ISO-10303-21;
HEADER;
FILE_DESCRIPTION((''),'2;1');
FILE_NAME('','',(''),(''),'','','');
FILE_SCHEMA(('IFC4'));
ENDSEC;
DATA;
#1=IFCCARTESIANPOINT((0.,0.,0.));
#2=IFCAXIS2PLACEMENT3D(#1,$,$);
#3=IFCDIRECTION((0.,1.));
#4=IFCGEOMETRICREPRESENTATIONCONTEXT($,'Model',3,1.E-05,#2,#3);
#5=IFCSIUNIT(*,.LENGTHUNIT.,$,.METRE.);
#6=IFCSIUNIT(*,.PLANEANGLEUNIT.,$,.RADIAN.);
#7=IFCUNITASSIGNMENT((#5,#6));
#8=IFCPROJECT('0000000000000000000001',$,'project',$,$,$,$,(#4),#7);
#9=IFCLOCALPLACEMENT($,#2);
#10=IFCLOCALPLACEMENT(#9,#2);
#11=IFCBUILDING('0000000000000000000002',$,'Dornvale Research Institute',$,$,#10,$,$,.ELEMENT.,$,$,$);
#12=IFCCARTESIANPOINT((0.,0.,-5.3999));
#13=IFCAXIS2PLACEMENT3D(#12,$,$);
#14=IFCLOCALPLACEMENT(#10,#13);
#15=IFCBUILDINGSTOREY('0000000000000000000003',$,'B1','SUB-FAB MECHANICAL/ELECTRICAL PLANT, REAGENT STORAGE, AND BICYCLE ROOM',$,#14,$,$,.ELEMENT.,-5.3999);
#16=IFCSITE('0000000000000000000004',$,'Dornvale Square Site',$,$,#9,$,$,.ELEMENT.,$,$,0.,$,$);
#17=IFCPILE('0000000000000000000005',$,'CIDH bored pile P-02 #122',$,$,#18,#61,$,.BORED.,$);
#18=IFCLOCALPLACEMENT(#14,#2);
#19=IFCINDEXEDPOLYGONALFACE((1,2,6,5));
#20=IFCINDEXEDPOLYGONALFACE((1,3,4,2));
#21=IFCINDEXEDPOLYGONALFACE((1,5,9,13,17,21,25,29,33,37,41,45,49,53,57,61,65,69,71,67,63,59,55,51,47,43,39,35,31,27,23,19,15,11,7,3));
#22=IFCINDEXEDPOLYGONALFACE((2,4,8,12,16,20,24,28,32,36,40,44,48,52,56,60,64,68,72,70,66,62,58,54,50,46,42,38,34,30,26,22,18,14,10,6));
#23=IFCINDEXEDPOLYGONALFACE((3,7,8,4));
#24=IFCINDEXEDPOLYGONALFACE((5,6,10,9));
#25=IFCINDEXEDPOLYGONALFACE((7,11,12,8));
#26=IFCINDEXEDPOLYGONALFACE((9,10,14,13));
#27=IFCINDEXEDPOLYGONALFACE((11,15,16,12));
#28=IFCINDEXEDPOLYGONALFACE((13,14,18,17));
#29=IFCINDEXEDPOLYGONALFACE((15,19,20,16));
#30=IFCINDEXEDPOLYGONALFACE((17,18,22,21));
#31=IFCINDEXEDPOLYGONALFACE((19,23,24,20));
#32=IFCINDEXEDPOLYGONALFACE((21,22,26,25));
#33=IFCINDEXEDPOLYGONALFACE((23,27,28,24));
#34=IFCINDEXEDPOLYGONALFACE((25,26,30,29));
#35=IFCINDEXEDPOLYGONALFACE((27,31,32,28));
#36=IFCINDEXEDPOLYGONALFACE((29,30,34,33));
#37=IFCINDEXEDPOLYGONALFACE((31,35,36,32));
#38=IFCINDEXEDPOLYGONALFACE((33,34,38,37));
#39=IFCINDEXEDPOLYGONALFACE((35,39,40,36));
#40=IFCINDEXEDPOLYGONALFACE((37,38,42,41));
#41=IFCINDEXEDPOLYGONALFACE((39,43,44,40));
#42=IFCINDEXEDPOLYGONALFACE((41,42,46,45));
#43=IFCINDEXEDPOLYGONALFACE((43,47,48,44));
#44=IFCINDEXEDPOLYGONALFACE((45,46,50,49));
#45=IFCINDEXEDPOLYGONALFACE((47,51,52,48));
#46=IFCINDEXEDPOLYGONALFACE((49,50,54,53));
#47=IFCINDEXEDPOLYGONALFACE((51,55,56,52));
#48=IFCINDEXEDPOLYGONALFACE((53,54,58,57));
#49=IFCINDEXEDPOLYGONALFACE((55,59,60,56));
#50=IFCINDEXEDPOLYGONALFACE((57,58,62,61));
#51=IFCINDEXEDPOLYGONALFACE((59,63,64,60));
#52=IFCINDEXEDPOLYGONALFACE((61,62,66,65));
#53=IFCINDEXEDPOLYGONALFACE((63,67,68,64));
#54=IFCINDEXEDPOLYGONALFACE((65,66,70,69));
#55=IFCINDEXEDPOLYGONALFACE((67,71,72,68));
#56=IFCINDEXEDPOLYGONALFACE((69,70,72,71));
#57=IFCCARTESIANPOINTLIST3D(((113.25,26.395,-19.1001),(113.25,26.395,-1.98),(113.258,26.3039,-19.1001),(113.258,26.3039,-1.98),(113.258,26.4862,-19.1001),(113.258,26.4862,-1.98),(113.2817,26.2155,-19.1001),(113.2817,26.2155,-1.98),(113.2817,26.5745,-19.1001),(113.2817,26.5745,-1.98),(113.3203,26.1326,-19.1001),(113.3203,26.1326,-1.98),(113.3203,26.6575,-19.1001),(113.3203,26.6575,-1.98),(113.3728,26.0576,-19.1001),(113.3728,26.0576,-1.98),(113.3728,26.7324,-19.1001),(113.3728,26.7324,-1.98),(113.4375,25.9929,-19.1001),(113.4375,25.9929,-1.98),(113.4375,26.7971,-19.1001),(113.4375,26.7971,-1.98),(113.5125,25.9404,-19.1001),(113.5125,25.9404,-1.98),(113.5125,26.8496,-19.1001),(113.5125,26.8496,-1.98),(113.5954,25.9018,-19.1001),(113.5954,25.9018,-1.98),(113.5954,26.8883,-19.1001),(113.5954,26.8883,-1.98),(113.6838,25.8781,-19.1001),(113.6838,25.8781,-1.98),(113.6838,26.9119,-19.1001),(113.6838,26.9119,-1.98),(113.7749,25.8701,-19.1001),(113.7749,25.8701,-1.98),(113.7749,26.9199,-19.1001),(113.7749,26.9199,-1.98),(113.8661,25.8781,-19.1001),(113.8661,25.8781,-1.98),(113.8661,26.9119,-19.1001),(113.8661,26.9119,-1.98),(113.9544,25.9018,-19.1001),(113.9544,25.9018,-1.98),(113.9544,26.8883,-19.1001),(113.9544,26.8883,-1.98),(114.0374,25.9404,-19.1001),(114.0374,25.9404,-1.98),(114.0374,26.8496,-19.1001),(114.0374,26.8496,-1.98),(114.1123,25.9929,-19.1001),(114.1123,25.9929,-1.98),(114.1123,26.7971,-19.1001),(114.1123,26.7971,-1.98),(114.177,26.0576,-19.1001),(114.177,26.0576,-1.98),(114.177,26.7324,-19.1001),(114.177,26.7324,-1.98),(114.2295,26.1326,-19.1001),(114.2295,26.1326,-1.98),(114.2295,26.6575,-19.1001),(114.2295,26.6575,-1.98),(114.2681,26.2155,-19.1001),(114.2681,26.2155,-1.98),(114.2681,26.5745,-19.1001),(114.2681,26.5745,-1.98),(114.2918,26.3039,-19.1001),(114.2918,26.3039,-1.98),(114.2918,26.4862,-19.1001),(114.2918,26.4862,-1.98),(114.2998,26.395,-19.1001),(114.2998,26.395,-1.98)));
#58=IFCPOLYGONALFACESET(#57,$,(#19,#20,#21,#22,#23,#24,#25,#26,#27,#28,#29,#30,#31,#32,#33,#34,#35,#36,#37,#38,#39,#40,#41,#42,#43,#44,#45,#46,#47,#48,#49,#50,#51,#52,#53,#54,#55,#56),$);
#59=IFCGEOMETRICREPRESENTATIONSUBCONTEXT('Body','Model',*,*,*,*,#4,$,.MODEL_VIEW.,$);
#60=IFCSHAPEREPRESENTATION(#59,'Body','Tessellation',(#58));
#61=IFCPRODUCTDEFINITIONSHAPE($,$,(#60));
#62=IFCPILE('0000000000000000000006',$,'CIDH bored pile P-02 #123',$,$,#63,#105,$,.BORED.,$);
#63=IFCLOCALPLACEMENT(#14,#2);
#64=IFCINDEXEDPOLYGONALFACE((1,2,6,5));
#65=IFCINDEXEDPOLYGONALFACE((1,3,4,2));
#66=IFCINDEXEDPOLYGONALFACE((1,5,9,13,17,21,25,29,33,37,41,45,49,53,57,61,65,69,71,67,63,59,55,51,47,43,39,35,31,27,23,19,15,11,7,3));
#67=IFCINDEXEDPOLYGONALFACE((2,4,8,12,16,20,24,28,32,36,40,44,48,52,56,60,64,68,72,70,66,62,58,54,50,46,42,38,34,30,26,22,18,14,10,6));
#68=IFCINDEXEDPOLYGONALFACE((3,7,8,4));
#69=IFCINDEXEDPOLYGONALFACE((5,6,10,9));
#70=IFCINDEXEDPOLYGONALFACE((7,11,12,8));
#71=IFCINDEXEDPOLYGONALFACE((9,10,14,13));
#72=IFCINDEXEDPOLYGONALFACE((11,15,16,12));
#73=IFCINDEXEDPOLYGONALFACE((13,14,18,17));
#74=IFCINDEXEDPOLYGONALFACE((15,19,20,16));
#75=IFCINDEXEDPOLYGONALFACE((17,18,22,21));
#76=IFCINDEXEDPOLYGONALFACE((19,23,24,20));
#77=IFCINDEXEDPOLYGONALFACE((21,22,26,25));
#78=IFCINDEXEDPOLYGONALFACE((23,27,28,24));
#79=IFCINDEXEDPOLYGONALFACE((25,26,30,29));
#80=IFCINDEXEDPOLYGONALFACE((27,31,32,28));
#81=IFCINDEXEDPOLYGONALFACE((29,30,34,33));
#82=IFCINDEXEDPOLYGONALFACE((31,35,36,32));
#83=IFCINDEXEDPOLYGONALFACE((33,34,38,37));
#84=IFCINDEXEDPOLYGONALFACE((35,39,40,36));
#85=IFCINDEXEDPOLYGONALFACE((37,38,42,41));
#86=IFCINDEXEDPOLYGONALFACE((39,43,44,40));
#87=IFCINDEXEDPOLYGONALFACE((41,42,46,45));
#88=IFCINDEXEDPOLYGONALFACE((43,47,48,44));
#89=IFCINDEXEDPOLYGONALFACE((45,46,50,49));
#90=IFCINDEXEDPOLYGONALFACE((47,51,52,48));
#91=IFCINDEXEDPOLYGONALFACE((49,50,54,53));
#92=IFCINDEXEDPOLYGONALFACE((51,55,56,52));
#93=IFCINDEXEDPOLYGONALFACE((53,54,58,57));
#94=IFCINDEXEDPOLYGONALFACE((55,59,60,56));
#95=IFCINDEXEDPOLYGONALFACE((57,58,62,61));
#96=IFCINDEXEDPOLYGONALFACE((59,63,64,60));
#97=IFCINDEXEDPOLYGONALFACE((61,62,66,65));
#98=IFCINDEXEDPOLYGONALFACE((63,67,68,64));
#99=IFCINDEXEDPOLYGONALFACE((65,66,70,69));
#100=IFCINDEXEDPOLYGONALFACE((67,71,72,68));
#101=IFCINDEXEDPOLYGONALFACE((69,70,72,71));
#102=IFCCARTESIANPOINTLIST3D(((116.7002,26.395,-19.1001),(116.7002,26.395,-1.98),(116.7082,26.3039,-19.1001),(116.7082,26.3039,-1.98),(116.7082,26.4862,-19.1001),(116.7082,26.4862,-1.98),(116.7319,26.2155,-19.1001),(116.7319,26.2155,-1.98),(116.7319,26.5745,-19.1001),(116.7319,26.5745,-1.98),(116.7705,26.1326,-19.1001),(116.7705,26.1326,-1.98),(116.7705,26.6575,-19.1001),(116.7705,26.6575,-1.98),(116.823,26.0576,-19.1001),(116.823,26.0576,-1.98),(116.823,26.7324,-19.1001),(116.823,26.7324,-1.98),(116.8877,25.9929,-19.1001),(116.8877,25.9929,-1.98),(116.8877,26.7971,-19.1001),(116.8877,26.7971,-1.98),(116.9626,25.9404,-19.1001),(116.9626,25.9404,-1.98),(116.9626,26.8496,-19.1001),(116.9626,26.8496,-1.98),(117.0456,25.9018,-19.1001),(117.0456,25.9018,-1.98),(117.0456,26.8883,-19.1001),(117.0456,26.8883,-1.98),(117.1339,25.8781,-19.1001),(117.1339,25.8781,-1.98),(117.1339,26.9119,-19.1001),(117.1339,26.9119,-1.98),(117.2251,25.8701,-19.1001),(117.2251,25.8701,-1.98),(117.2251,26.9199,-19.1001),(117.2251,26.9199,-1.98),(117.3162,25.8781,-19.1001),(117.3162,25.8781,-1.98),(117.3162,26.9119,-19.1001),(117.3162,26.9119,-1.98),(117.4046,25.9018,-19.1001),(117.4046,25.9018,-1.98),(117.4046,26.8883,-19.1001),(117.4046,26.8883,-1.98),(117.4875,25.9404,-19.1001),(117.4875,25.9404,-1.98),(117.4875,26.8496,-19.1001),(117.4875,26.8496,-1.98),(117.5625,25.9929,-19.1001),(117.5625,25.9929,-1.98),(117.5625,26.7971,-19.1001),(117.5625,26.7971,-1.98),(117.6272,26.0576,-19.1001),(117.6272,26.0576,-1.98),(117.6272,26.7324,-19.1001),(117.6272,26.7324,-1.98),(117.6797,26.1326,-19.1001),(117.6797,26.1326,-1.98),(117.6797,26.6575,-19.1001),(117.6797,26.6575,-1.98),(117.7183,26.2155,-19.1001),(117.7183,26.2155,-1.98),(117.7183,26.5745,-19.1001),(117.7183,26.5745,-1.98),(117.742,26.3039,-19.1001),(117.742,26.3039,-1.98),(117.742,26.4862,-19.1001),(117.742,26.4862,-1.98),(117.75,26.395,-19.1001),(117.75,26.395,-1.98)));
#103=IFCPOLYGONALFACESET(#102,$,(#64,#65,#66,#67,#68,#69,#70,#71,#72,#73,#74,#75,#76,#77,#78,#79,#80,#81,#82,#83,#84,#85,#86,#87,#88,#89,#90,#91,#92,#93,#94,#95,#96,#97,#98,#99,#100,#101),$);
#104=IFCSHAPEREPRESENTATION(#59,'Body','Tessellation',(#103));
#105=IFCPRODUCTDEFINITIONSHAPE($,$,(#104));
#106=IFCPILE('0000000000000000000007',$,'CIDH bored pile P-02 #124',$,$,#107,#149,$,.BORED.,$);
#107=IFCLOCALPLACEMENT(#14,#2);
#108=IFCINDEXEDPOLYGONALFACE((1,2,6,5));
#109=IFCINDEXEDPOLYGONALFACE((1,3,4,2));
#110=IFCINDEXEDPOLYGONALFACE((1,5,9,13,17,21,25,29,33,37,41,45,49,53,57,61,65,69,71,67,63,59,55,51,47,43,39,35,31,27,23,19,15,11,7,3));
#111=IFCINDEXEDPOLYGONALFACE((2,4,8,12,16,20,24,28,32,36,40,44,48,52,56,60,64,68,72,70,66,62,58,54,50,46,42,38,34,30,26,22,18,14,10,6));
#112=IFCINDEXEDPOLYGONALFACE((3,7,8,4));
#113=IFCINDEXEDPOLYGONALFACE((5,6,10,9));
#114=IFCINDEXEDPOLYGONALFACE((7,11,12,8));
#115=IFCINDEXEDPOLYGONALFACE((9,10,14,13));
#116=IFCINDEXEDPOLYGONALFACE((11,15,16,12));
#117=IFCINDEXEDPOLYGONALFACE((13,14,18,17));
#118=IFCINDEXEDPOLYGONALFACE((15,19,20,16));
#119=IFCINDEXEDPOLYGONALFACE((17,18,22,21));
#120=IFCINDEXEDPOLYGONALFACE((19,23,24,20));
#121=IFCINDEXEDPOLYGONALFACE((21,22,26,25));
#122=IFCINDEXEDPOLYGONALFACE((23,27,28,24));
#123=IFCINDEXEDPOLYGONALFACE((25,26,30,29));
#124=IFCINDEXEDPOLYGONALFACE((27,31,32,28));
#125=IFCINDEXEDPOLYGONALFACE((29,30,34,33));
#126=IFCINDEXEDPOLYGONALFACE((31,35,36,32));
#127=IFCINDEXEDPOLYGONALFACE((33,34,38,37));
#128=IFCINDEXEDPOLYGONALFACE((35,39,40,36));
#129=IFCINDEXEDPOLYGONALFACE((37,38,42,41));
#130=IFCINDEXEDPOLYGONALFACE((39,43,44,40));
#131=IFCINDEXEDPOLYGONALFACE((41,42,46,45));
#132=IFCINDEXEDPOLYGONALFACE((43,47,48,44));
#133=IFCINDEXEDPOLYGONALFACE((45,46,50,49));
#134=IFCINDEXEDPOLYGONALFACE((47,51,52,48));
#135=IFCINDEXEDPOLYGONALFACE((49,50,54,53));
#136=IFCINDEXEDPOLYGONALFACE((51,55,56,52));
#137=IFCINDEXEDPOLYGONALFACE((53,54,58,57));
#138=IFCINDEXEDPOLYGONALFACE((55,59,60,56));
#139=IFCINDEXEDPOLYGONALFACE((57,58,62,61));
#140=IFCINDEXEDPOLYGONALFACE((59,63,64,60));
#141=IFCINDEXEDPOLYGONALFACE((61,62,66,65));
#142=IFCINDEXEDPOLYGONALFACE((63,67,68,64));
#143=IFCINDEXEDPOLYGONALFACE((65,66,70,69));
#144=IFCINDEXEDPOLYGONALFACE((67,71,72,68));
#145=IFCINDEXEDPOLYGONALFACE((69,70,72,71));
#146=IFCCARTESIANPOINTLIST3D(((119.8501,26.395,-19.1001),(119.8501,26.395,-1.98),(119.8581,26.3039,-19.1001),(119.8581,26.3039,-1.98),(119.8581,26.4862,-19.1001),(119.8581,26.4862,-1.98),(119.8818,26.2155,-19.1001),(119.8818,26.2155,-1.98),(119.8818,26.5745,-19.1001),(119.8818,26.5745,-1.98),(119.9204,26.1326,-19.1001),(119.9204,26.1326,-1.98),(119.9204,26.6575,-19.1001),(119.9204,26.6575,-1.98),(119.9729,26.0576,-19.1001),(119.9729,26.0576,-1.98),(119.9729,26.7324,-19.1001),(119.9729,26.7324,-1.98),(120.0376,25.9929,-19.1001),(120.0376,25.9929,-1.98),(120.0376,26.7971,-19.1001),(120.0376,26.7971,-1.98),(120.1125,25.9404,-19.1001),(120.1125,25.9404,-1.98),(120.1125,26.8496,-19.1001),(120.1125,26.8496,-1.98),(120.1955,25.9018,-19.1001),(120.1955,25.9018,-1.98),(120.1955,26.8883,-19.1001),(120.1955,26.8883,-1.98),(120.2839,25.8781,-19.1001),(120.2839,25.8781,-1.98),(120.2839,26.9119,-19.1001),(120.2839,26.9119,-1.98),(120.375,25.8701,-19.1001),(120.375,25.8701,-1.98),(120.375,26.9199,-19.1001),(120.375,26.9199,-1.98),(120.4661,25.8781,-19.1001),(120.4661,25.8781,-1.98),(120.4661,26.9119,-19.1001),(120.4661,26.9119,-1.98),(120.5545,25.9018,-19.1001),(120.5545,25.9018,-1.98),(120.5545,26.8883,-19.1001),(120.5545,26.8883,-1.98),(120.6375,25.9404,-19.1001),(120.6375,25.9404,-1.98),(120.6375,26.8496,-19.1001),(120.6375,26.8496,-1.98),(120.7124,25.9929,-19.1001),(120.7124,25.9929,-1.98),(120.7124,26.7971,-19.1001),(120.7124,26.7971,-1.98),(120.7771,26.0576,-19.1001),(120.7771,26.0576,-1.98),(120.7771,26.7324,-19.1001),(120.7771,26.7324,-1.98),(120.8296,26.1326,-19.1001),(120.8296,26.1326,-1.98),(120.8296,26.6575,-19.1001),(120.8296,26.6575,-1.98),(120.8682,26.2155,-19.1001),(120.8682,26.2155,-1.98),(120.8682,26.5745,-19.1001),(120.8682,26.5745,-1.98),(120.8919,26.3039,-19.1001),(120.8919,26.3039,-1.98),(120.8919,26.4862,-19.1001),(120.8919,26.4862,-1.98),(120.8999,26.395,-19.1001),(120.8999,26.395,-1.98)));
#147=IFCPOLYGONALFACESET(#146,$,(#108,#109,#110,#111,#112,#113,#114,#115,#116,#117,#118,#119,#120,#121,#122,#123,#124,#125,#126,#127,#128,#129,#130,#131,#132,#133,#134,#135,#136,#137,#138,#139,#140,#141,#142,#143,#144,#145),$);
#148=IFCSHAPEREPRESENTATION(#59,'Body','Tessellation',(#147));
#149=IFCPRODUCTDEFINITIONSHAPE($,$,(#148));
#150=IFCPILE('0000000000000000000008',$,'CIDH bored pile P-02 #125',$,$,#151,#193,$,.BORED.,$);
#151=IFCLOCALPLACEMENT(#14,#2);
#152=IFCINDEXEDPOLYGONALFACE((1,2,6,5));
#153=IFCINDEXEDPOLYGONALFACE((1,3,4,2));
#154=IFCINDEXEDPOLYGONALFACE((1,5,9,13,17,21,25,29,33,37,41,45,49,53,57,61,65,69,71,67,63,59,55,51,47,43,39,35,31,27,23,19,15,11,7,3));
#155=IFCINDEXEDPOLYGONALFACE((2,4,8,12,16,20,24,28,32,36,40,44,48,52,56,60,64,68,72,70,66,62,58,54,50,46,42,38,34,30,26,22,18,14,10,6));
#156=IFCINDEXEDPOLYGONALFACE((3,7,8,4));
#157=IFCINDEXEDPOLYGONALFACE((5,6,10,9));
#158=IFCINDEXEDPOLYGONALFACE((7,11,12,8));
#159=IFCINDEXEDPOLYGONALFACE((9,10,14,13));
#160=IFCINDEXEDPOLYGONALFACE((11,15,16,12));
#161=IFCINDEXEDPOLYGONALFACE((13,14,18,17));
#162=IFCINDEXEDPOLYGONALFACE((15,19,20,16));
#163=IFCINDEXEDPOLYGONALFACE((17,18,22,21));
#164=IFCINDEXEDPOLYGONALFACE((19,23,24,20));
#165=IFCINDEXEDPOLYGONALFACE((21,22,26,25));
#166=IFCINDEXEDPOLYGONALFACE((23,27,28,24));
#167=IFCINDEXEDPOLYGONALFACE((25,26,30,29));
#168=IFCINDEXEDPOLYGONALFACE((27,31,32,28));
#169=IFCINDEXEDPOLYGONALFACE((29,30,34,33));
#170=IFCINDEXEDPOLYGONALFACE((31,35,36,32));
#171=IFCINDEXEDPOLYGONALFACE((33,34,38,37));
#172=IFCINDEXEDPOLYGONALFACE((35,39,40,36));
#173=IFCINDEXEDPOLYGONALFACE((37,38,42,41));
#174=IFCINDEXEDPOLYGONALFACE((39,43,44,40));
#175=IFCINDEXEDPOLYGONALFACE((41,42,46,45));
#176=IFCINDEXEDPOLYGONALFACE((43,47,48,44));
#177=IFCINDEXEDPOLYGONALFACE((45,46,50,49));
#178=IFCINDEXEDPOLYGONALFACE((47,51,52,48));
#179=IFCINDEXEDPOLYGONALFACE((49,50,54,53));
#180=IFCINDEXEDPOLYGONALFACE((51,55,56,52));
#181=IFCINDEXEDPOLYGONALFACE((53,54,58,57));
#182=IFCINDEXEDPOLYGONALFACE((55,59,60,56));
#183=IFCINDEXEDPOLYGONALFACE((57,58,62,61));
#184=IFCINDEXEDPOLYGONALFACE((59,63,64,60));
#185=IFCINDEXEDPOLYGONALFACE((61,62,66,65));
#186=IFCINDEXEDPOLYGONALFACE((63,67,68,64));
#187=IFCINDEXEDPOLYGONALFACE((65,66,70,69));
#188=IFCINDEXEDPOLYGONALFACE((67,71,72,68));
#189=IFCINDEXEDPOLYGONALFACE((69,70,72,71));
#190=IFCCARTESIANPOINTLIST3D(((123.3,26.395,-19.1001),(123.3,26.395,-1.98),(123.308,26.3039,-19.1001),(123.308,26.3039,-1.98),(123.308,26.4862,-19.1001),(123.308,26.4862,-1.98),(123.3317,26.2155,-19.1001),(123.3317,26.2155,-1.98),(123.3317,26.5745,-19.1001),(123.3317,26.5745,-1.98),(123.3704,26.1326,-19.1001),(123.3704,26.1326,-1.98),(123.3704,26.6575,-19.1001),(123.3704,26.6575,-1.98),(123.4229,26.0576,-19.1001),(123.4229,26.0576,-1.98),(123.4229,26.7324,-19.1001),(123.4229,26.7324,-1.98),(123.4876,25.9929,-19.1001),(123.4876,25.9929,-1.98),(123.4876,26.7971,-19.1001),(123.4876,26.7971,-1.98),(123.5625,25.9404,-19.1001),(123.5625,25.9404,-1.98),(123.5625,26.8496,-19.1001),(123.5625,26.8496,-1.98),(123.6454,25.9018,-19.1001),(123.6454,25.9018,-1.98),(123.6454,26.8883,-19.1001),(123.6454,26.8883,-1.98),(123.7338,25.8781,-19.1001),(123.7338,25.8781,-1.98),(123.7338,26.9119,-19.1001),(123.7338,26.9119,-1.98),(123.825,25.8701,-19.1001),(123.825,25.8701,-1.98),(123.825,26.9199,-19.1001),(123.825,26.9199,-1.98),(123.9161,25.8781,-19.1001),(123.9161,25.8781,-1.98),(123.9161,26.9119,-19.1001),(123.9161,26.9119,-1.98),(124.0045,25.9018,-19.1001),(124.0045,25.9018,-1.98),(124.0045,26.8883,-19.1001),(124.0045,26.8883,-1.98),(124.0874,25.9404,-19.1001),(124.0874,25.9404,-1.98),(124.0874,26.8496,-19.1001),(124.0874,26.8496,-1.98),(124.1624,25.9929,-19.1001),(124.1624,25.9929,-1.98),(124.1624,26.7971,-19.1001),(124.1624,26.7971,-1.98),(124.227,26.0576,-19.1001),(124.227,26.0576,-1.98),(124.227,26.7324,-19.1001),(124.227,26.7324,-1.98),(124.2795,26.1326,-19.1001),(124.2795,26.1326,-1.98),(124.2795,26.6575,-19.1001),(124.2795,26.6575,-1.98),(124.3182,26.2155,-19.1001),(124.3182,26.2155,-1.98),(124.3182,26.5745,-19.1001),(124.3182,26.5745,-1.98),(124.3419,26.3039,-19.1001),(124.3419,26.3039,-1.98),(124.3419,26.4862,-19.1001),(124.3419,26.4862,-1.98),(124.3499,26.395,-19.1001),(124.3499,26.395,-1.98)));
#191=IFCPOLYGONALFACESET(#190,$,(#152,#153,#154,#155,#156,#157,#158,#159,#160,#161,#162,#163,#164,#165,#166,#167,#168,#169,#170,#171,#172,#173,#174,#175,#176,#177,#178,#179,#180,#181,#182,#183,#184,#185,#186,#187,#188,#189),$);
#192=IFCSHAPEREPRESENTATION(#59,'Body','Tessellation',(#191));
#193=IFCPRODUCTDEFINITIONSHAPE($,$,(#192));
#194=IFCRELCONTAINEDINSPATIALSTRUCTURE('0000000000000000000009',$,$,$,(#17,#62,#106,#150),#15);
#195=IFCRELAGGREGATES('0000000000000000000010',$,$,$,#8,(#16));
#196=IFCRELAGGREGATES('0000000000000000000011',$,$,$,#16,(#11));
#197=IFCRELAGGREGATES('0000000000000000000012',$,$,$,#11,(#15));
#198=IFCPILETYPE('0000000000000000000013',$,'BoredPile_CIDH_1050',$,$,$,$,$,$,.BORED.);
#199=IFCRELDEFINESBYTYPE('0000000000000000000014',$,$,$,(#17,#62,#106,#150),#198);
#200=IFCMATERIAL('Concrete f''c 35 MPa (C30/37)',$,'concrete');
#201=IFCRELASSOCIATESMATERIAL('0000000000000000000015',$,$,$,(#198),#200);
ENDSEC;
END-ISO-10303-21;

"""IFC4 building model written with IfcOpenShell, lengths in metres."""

from ifc_helpers import new_model, si_unit, direction, frame, origin, origin_2d, place, context, subcontext, project, spatial, circle, extrude, material, material_profile, profile_set, type_object, element, save


model = new_model("IFC4")

# Units and contexts
model_context = context("Model", 3, precision=1e-05, world=origin(), true_north=direction((0.0, 1.0)))
body_context = subcontext(model_context, "Body", "Model", "MODEL_VIEW")
ifc_project = project(units=[si_unit("LENGTHUNIT", "METRE"), si_unit("PLANEANGLEUNIT", "RADIAN")], contexts=[model_context])

# Site, building, storey
site_placement = place(None, origin())
site = spatial("IfcSite", under=ifc_project, at=site_placement, Name="Dornvale Square Site", CompositionType="ELEMENT", RefElevation=0.0)
building_placement = place(site_placement, origin())
building = spatial("IfcBuilding", under=site, at=building_placement, Name="Dornvale Research Institute", CompositionType="ELEMENT")
storey_placement = place(building_placement, frame((0.0, 0.0, -5.3999)))
storey = spatial("IfcBuildingStorey", under=building, at=storey_placement, Name="B1", Description="SUB-FAB MECHANICAL/ELECTRICAL PLANT, REAGENT STORAGE, AND BICYCLE ROOM", CompositionType="ELEMENT", Elevation=-5.3999)

# Piles
ifc_material_1 = material(Name="Concrete f'c 35 MPa (C30/37)", Category="concrete")
ifc_material_profile_1 = material_profile(ifc_material_1, circle(Radius=0.5249, at=origin_2d()), Name="CIDH PILE D1050")
ifc_profile_set_1 = profile_set([ifc_material_profile_1], Name="Concrete f'c 35 MPa (C30/37)")
pile_type_1 = type_object("IfcPileType", Name="BoredPile_CIDH_1050", PredefinedType="BORED", material=ifc_profile_set_1)
for number, where, z_axis, x_axis, name in (
    (1, (113.7749, 26.395, -1.98), (0.0, 0.0, -1.0), (1.0, 0.0, 0.0), "CIDH bored pile P-02 #122"),
    (2, (117.2251, 26.395, -1.98), (0.0, 0.0, -1.0), (1.0, 0.0, 0.0), "CIDH bored pile P-02 #123"),
    (3, (120.375, 26.395, -1.98), (0.0, 0.0, -1.0), (1.0, 0.0, 0.0), "CIDH bored pile P-02 #124"),
    (4, (123.825, 26.395, -1.98), (0.0, 0.0, -1.0), (1.0, 0.0, 0.0), "CIDH bored pile P-02 #125"),
):
    element("IfcPile", number, at=place(storey_placement, frame(where, z_axis=z_axis, x_axis=x_axis)), inside=storey, type_object=pile_type_1, Name=name, PredefinedType="BORED", context=body_context, shape_type="SweptSolid", body=[
        extrude(circle(Radius=0.5249, at=origin_2d()), origin(), (0.0, 0.0, 1.0), 17.1201),
    ])

save(model, "model.ifc")
